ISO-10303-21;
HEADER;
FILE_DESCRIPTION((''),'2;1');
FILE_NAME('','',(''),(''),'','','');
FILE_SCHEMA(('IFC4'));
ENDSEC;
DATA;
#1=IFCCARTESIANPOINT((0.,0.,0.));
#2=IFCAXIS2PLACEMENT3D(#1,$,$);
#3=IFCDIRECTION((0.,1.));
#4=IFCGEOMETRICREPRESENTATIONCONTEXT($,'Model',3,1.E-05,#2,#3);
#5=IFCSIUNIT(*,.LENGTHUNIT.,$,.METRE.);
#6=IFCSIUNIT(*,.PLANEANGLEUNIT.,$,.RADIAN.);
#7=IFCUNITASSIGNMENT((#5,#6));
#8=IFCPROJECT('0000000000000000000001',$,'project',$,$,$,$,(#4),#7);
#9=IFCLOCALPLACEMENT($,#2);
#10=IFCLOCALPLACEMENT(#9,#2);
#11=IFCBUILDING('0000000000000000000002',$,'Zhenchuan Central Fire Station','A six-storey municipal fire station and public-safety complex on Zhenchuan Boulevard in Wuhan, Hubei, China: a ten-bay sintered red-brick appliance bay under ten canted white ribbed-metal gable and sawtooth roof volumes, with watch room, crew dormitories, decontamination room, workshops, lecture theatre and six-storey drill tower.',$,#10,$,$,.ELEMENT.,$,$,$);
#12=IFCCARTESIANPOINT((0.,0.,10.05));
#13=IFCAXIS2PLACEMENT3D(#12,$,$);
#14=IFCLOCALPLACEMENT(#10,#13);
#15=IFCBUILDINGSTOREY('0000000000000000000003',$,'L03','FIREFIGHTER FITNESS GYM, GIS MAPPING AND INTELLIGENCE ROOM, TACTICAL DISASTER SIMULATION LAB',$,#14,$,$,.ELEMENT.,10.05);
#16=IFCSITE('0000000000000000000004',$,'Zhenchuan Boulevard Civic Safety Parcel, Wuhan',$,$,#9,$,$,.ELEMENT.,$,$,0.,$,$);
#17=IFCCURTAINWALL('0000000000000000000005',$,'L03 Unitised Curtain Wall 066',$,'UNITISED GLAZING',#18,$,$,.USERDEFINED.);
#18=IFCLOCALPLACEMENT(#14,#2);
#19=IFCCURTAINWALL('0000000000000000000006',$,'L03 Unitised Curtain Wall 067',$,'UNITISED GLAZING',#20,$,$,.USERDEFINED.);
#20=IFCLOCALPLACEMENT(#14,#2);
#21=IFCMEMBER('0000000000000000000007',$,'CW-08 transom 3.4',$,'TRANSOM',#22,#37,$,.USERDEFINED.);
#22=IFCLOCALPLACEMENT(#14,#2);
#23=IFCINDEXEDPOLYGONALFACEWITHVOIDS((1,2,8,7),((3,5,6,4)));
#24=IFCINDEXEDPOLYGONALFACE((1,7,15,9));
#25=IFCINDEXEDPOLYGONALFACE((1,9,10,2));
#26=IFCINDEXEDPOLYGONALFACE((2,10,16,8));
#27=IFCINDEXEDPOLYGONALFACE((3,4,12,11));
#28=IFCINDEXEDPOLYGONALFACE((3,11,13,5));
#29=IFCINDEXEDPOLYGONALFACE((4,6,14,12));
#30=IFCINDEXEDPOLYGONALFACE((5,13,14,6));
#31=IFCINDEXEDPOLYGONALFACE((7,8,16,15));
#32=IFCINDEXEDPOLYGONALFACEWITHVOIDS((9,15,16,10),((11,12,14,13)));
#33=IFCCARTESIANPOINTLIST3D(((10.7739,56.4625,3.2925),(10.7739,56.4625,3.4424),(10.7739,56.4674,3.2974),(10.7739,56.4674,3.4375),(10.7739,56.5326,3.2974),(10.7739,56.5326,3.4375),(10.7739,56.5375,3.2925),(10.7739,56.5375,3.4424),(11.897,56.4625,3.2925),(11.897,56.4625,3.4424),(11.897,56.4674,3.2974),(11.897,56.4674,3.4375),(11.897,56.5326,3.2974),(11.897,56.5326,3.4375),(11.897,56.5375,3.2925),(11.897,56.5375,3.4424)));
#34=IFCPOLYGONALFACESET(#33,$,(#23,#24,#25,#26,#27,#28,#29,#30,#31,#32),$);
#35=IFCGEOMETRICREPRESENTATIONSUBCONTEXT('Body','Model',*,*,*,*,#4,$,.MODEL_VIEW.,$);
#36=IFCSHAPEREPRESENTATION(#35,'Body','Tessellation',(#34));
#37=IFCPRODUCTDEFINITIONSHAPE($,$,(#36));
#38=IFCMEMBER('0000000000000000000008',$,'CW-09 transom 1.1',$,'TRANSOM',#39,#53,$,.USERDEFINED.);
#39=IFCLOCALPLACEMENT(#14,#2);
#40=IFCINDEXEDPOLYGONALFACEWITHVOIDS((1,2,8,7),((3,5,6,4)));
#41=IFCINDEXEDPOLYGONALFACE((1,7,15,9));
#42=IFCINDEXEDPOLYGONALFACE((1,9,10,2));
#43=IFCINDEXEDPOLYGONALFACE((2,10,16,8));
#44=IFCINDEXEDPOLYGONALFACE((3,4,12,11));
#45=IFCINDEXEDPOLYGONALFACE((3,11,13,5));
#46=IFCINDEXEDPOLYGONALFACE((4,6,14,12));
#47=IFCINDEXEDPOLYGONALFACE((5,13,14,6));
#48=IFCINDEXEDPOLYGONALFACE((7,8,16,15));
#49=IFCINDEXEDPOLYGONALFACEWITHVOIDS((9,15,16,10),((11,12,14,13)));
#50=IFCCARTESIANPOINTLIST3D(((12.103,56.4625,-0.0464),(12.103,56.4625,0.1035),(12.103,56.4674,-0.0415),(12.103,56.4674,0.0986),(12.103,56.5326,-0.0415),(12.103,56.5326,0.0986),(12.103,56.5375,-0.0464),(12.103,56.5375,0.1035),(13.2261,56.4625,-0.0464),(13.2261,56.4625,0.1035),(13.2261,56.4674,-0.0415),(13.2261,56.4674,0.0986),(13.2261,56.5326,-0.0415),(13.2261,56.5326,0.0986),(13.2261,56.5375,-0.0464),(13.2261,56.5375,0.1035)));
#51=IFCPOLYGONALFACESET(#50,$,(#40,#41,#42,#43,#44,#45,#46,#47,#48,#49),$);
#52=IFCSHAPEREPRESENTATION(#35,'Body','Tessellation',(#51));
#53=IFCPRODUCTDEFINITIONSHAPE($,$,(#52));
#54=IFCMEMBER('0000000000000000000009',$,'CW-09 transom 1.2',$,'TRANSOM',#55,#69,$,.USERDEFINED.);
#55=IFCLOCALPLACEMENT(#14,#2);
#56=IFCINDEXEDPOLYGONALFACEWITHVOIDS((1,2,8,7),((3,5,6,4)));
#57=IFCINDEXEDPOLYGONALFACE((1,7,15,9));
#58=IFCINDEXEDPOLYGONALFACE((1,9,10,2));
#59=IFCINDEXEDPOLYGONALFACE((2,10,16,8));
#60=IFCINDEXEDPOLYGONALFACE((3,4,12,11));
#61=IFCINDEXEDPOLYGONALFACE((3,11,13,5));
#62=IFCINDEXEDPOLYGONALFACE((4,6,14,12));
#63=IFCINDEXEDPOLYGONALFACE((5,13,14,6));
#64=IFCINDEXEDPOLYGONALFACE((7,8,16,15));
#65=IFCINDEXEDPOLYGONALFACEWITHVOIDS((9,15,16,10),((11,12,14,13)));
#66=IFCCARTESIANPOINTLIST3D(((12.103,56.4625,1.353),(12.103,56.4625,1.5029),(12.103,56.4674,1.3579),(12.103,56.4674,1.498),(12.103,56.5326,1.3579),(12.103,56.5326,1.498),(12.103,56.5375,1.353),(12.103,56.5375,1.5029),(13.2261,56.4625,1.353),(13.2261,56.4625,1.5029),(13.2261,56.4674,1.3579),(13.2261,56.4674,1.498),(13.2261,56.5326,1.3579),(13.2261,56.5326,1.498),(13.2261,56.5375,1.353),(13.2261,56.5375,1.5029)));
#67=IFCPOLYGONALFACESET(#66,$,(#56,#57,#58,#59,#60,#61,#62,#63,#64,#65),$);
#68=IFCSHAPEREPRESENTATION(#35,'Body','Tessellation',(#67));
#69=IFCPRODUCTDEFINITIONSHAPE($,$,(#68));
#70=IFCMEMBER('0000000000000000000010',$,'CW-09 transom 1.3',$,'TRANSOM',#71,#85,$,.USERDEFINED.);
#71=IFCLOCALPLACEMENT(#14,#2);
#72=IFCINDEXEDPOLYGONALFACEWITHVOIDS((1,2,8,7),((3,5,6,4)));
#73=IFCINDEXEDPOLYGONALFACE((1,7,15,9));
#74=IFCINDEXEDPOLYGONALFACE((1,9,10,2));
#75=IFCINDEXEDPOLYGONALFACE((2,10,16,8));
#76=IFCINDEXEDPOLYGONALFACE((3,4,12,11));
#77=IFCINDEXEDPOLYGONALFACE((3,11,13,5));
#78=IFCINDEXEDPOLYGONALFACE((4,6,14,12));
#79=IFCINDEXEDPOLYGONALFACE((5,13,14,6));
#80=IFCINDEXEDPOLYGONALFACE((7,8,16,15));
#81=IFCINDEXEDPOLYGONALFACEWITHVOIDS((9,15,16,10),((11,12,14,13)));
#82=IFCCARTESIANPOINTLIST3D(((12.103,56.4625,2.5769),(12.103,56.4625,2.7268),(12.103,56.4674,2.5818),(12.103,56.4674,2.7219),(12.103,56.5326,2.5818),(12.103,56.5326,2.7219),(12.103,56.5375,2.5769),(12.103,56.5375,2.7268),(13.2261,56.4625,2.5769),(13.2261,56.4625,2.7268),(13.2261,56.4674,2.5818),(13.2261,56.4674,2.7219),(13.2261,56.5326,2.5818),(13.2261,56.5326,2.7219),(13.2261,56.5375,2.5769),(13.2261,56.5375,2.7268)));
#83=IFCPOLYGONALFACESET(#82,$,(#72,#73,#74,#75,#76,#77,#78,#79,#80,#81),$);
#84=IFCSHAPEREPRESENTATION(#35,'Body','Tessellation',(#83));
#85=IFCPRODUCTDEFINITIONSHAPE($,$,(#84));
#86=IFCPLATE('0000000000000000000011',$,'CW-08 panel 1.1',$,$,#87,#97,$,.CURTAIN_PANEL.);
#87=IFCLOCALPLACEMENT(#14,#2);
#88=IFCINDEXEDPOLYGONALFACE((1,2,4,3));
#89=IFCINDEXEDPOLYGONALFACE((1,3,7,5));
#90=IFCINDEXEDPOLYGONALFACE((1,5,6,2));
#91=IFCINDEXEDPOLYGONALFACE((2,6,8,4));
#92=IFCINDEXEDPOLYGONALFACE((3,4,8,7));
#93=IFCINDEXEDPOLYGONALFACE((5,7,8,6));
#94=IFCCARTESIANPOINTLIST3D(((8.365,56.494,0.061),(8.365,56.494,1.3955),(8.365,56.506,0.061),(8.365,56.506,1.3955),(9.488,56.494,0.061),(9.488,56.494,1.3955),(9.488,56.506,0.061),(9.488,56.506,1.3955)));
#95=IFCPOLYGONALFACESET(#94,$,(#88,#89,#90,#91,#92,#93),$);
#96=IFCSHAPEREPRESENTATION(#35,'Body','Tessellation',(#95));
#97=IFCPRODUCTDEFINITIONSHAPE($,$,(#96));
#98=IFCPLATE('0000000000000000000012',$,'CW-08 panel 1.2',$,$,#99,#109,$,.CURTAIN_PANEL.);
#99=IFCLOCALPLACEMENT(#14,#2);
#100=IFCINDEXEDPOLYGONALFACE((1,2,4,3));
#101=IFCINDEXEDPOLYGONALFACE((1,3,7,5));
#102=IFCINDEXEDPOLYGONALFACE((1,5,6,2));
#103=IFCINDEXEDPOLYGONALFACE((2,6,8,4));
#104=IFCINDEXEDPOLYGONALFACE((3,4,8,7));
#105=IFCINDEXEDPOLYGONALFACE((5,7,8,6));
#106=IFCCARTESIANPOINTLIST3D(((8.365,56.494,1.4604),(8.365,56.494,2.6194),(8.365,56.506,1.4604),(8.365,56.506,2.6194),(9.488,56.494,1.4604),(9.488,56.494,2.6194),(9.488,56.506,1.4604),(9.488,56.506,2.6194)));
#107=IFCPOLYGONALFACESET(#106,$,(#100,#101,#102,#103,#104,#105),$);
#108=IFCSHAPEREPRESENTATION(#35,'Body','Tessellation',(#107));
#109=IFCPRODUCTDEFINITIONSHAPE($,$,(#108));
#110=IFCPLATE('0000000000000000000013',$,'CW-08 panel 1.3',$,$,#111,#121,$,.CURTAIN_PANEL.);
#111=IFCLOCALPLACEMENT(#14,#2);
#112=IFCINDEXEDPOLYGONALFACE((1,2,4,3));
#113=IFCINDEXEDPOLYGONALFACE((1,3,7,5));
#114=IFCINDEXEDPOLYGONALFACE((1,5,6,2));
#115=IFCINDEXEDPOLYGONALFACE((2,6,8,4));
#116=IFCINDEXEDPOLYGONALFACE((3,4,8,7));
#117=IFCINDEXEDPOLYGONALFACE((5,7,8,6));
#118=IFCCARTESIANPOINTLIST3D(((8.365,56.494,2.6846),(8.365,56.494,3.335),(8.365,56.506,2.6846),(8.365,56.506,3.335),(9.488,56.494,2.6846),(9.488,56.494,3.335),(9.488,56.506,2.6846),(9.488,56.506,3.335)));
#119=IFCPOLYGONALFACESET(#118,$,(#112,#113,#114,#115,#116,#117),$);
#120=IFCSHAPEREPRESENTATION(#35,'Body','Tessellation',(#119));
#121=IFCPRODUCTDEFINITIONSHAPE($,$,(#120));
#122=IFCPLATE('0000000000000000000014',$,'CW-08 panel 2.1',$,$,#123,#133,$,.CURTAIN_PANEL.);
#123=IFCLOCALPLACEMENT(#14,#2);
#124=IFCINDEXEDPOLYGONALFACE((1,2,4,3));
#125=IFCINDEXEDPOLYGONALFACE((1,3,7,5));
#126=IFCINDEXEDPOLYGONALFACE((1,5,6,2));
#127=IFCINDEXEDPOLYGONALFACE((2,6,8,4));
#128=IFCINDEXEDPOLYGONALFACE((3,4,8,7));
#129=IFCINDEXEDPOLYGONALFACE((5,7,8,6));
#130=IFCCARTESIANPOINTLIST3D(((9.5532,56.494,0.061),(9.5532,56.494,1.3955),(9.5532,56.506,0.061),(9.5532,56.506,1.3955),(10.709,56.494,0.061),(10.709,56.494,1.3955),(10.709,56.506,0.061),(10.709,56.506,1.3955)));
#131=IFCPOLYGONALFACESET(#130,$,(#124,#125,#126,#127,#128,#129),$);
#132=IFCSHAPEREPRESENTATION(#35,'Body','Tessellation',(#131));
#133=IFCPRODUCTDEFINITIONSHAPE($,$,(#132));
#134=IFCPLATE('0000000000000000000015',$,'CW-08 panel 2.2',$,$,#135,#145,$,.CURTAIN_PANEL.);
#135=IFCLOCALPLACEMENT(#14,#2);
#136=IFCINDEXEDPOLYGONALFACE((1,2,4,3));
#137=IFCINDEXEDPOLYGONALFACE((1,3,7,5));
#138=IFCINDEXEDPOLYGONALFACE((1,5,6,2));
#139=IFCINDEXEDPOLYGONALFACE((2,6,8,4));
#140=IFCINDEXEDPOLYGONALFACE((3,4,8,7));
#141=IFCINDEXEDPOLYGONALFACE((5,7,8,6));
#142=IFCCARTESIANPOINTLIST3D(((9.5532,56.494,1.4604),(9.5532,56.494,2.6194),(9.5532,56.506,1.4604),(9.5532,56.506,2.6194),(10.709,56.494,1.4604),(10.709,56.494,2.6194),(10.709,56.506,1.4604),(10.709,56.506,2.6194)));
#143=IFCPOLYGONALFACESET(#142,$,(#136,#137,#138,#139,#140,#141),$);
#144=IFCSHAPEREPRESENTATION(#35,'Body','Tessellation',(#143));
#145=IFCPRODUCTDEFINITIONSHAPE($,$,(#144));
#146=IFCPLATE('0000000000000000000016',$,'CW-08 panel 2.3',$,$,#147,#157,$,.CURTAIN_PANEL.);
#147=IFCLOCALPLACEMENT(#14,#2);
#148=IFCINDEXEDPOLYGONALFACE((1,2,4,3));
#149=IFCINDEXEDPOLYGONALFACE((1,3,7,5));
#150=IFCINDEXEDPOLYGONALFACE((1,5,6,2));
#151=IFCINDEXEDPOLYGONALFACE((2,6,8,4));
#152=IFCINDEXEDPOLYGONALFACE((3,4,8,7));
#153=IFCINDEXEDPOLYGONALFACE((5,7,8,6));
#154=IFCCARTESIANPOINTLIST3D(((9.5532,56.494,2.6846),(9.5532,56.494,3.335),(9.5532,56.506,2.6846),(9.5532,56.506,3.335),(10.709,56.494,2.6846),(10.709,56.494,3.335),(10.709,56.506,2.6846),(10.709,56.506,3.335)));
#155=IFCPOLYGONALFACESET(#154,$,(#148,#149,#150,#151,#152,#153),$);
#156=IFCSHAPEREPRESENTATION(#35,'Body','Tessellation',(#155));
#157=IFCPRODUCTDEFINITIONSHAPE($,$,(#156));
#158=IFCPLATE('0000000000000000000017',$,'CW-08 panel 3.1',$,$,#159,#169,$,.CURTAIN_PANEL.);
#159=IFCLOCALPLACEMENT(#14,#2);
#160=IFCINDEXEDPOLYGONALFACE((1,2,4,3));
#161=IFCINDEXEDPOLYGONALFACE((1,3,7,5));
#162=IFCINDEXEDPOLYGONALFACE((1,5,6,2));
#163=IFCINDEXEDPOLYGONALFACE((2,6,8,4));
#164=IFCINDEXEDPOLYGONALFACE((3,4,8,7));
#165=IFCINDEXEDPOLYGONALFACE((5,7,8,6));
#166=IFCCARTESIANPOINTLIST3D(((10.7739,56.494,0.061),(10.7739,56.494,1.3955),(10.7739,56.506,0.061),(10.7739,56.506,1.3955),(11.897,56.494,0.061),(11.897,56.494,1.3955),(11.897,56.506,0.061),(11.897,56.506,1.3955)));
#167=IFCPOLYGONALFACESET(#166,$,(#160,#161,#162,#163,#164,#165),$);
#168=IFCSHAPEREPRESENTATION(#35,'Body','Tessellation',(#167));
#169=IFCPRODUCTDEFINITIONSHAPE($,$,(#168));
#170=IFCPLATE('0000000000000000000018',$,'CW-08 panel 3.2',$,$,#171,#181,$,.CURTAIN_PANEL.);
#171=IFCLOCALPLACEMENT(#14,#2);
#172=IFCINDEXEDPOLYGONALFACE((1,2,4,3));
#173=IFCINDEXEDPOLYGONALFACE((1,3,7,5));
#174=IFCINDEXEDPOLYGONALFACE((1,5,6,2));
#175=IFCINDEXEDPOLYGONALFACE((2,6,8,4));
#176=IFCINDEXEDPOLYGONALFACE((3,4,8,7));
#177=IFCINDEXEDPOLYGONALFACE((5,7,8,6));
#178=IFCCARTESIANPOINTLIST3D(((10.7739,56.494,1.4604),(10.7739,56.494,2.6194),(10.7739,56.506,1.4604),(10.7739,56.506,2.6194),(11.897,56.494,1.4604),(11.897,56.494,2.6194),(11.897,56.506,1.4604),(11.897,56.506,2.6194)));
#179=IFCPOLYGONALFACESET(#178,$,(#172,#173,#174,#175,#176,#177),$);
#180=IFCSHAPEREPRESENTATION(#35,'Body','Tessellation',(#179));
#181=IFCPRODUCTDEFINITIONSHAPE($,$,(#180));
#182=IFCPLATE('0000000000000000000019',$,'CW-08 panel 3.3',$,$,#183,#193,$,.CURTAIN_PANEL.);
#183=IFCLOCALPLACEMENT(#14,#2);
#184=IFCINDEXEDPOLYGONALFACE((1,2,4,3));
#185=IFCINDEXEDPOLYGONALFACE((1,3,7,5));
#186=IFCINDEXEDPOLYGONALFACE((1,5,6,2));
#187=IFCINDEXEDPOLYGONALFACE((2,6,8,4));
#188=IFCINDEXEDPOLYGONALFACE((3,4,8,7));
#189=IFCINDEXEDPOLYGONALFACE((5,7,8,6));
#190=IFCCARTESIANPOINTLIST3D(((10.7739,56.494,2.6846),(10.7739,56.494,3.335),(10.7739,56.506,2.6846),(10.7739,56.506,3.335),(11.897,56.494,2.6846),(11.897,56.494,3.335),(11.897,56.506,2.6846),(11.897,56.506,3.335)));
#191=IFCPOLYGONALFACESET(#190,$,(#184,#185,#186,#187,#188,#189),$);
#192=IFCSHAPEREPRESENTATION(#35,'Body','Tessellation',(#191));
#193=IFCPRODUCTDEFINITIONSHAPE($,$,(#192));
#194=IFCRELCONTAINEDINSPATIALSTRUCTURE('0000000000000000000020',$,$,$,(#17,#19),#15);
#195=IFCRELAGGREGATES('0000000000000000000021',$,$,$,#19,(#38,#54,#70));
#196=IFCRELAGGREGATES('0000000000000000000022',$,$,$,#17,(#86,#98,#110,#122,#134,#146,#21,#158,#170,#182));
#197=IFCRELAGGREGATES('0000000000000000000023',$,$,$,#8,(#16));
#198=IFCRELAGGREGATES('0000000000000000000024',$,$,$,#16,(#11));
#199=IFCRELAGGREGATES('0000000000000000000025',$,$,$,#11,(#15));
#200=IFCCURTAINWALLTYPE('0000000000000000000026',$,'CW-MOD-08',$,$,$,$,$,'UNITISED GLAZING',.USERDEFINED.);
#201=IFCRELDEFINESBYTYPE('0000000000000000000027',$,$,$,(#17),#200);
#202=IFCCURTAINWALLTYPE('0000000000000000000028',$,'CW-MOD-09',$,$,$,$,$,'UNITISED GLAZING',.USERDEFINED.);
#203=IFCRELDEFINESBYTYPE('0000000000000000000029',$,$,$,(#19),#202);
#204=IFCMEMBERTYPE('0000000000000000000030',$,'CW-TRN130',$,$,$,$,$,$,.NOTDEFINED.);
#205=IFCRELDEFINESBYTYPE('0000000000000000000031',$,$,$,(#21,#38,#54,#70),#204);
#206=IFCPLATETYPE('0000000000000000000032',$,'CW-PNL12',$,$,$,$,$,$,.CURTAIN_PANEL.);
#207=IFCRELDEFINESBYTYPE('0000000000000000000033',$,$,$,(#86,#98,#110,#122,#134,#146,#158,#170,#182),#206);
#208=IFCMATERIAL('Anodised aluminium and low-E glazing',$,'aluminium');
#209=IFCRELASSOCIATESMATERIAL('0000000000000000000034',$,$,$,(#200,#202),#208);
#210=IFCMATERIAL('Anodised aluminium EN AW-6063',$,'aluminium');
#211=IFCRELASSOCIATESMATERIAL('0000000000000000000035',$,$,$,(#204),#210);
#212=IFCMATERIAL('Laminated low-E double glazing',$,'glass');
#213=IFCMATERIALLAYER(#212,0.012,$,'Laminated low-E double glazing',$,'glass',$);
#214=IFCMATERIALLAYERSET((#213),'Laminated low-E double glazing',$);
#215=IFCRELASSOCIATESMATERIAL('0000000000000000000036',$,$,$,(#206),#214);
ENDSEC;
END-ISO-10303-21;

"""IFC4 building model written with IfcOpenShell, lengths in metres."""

from ifc_helpers import new_model, si_unit, direction, frame, origin, origin_2d, place, context, subcontext, project, spatial, rectangle, hollow_rectangle, extrude, material, layer, layer_set, material_profile, profile_set, type_object, element, aggregate, save


model = new_model("IFC4")

# Units and contexts
model_context = context("Model", 3, precision=1e-05, world=origin(), true_north=direction((0.0, 1.0)))
body_context = subcontext(model_context, "Body", "Model", "MODEL_VIEW")
ifc_project = project(units=[si_unit("LENGTHUNIT", "METRE"), si_unit("PLANEANGLEUNIT", "RADIAN")], contexts=[model_context])

# Site, building, storey
site_placement = place(None, origin())
site = spatial("IfcSite", under=ifc_project, at=site_placement, Name="Zhenchuan Boulevard Civic Safety Parcel, Wuhan", CompositionType="ELEMENT", RefElevation=0.0)
building_placement = place(site_placement, origin())
building = spatial("IfcBuilding", under=site, at=building_placement, Name="Zhenchuan Central Fire Station", Description="A six-storey municipal fire station and public-safety complex on Zhenchuan Boulevard in Wuhan, Hubei, China: a ten-bay sintered red-brick appliance bay under ten canted white ribbed-metal gable and sawtooth roof volumes, with watch room, crew dormitories, decontamination room, workshops, lecture theatre and six-storey drill tower.", CompositionType="ELEMENT")
storey_placement = place(building_placement, frame((0.0, 0.0, 10.05)))
storey = spatial("IfcBuildingStorey", under=building, at=storey_placement, Name="L03", Description="FIREFIGHTER FITNESS GYM, GIS MAPPING AND INTELLIGENCE ROOM, TACTICAL DISASTER SIMULATION LAB", CompositionType="ELEMENT", Elevation=10.05)

# Curtain wall
ifc_material_1 = material(Name="Anodised aluminium and low-E glazing", Category="aluminium")
curtain_wall_type_1 = type_object("IfcCurtainWallType", Name="CW-MOD-08", ElementType="UNITISED GLAZING", PredefinedType="USERDEFINED", material=ifc_material_1)
curtain_wall_1_placement = place(storey_placement, origin())
curtain_wall_1 = element("IfcCurtainWall", 1, at=curtain_wall_1_placement, inside=storey, type_object=curtain_wall_type_1, Name="L03 Unitised Curtain Wall 066", ObjectType="UNITISED GLAZING", PredefinedType="USERDEFINED")
ifc_material_2 = material(Name="Anodised aluminium EN AW-6063", Category="aluminium")

# Curtain wall
curtain_wall_type_2 = type_object("IfcCurtainWallType", Name="CW-MOD-09", ElementType="UNITISED GLAZING", PredefinedType="USERDEFINED", material=ifc_material_1)
curtain_wall_2_placement = place(storey_placement, origin())
curtain_wall_2 = element("IfcCurtainWall", 2, at=curtain_wall_2_placement, inside=storey, type_object=curtain_wall_type_2, Name="L03 Unitised Curtain Wall 067", ObjectType="UNITISED GLAZING", PredefinedType="USERDEFINED")

# Members
ifc_material_profile_1 = material_profile(ifc_material_2, hollow_rectangle(XDim=0.075, YDim=0.1499, WallThickness=0.0049, at=origin_2d()), Name="ALU-T 150x75")
ifc_profile_set_1 = profile_set([ifc_material_profile_1], Name="Anodised aluminium EN AW-6063")
member_type_1 = type_object("IfcMemberType", Name="CW-TRN130", PredefinedType="NOTDEFINED", material=ifc_profile_set_1)
member_1_placement = place(storey_placement, frame((10.7739, 56.5, 3.3674), z_axis=(1.0, 0.0, 0.0), x_axis=(0.0, 1.0, 0.0)))
member_1 = element("IfcMember", 3, at=member_1_placement, type_object=member_type_1, Name="CW-08 transom 3.4", ObjectType="TRANSOM", PredefinedType="USERDEFINED", context=body_context, shape_type="SweptSolid", body=[
    extrude(hollow_rectangle(XDim=0.075, YDim=0.1499, WallThickness=0.0049, at=origin_2d()), origin(), (0.0, 0.0, 1.0), 1.123),
])
member_2_placement = place(storey_placement, frame((12.103, 56.5, 0.0286), z_axis=(1.0, 0.0, 0.0), x_axis=(0.0, 1.0, 0.0)))
member_2 = element("IfcMember", 4, at=member_2_placement, type_object=member_type_1, Name="CW-09 transom 1.1", ObjectType="TRANSOM", PredefinedType="USERDEFINED", context=body_context, shape_type="SweptSolid", body=[
    extrude(hollow_rectangle(XDim=0.075, YDim=0.1499, WallThickness=0.0049, at=origin_2d()), origin(), (0.0, 0.0, 1.0), 1.123),
])
member_3_placement = place(storey_placement, frame((12.103, 56.5, 1.428), z_axis=(1.0, 0.0, 0.0), x_axis=(0.0, 1.0, 0.0)))
member_3 = element("IfcMember", 5, at=member_3_placement, type_object=member_type_1, Name="CW-09 transom 1.2", ObjectType="TRANSOM", PredefinedType="USERDEFINED", context=body_context, shape_type="SweptSolid", body=[
    extrude(hollow_rectangle(XDim=0.075, YDim=0.1499, WallThickness=0.0049, at=origin_2d()), origin(), (0.0, 0.0, 1.0), 1.123),
])
member_4_placement = place(storey_placement, frame((12.103, 56.5, 2.6519), z_axis=(1.0, 0.0, 0.0), x_axis=(0.0, 1.0, 0.0)))
member_4 = element("IfcMember", 6, at=member_4_placement, type_object=member_type_1, Name="CW-09 transom 1.3", ObjectType="TRANSOM", PredefinedType="USERDEFINED", context=body_context, shape_type="SweptSolid", body=[
    extrude(hollow_rectangle(XDim=0.075, YDim=0.1499, WallThickness=0.0049, at=origin_2d()), origin(), (0.0, 0.0, 1.0), 1.123),
])
aggregate(curtain_wall_2, [member_2, member_3, member_4])

# Plates
ifc_material_3 = material(Name="Laminated low-E double glazing", Category="glass")
ifc_layer_1 = layer(ifc_material_3, 0.012, Name="Laminated low-E double glazing", Category="glass")
ifc_layer_set_1 = layer_set([ifc_layer_1], Name="Laminated low-E double glazing")
plate_type = type_object("IfcPlateType", Name="CW-PNL12", PredefinedType="CURTAIN_PANEL", material=ifc_layer_set_1)
plate_1_placement = place(storey_placement, frame((8.9265, 56.5, 0.061), z_axis=(0.0, 0.0, 1.0), x_axis=(1.0, 0.0, 0.0)))
plate_1 = element("IfcPlate", 7, at=plate_1_placement, type_object=plate_type, Name="CW-08 panel 1.1", PredefinedType="CURTAIN_PANEL", context=body_context, shape_type="SweptSolid", body=[
    extrude(rectangle(XDim=1.123, YDim=0.012, at=origin_2d()), origin(), (0.0, 0.0, 1.0), 1.3345),
])
plate_2_placement = place(storey_placement, frame((8.9265, 56.5, 1.4604), z_axis=(0.0, 0.0, 1.0), x_axis=(1.0, 0.0, 0.0)))
plate_2 = element("IfcPlate", 8, at=plate_2_placement, type_object=plate_type, Name="CW-08 panel 1.2", PredefinedType="CURTAIN_PANEL", context=body_context, shape_type="SweptSolid", body=[
    extrude(rectangle(XDim=1.123, YDim=0.012, at=origin_2d()), origin(), (0.0, 0.0, 1.0), 1.1589),
])
plate_3_placement = place(storey_placement, frame((8.9265, 56.5, 2.6846), z_axis=(0.0, 0.0, 1.0), x_axis=(1.0, 0.0, 0.0)))
plate_3 = element("IfcPlate", 9, at=plate_3_placement, type_object=plate_type, Name="CW-08 panel 1.3", PredefinedType="CURTAIN_PANEL", context=body_context, shape_type="SweptSolid", body=[
    extrude(rectangle(XDim=1.123, YDim=0.012, at=origin_2d()), origin(), (0.0, 0.0, 1.0), 0.6504),
])
plate_4_placement = place(storey_placement, frame((10.1311, 56.5, 0.061), z_axis=(0.0, 0.0, 1.0), x_axis=(1.0, 0.0, 0.0)))
plate_4 = element("IfcPlate", 10, at=plate_4_placement, type_object=plate_type, Name="CW-08 panel 2.1", PredefinedType="CURTAIN_PANEL", context=body_context, shape_type="SweptSolid", body=[
    extrude(rectangle(XDim=1.1558, YDim=0.012, at=origin_2d()), origin(), (0.0, 0.0, 1.0), 1.3345),
])
plate_5_placement = place(storey_placement, frame((10.1311, 56.5, 1.4604), z_axis=(0.0, 0.0, 1.0), x_axis=(1.0, 0.0, 0.0)))
plate_5 = element("IfcPlate", 11, at=plate_5_placement, type_object=plate_type, Name="CW-08 panel 2.2", PredefinedType="CURTAIN_PANEL", context=body_context, shape_type="SweptSolid", body=[
    extrude(rectangle(XDim=1.1558, YDim=0.012, at=origin_2d()), origin(), (0.0, 0.0, 1.0), 1.1589),
])
plate_6_placement = place(storey_placement, frame((10.1311, 56.5, 2.6846), z_axis=(0.0, 0.0, 1.0), x_axis=(1.0, 0.0, 0.0)))
plate_6 = element("IfcPlate", 12, at=plate_6_placement, type_object=plate_type, Name="CW-08 panel 2.3", PredefinedType="CURTAIN_PANEL", context=body_context, shape_type="SweptSolid", body=[
    extrude(rectangle(XDim=1.1558, YDim=0.012, at=origin_2d()), origin(), (0.0, 0.0, 1.0), 0.6504),
])
plate_7_placement = place(storey_placement, frame((11.3354, 56.5, 0.061), z_axis=(0.0, 0.0, 1.0), x_axis=(1.0, 0.0, 0.0)))
plate_7 = element("IfcPlate", 13, at=plate_7_placement, type_object=plate_type, Name="CW-08 panel 3.1", PredefinedType="CURTAIN_PANEL", context=body_context, shape_type="SweptSolid", body=[
    extrude(rectangle(XDim=1.123, YDim=0.012, at=origin_2d()), origin(), (0.0, 0.0, 1.0), 1.3345),
])
plate_8_placement = place(storey_placement, frame((11.3354, 56.5, 1.4604), z_axis=(0.0, 0.0, 1.0), x_axis=(1.0, 0.0, 0.0)))
plate_8 = element("IfcPlate", 14, at=plate_8_placement, type_object=plate_type, Name="CW-08 panel 3.2", PredefinedType="CURTAIN_PANEL", context=body_context, shape_type="SweptSolid", body=[
    extrude(rectangle(XDim=1.123, YDim=0.012, at=origin_2d()), origin(), (0.0, 0.0, 1.0), 1.1589),
])
plate_9_placement = place(storey_placement, frame((11.3354, 56.5, 2.6846), z_axis=(0.0, 0.0, 1.0), x_axis=(1.0, 0.0, 0.0)))
plate_9 = element("IfcPlate", 15, at=plate_9_placement, type_object=plate_type, Name="CW-08 panel 3.3", PredefinedType="CURTAIN_PANEL", context=body_context, shape_type="SweptSolid", body=[
    extrude(rectangle(XDim=1.123, YDim=0.012, at=origin_2d()), origin(), (0.0, 0.0, 1.0), 0.6504),
])
aggregate(curtain_wall_1, [plate_1, plate_2, plate_3, plate_4, plate_5, plate_6, member_1, plate_7, plate_8, plate_9])

save(model, "model.ifc")
